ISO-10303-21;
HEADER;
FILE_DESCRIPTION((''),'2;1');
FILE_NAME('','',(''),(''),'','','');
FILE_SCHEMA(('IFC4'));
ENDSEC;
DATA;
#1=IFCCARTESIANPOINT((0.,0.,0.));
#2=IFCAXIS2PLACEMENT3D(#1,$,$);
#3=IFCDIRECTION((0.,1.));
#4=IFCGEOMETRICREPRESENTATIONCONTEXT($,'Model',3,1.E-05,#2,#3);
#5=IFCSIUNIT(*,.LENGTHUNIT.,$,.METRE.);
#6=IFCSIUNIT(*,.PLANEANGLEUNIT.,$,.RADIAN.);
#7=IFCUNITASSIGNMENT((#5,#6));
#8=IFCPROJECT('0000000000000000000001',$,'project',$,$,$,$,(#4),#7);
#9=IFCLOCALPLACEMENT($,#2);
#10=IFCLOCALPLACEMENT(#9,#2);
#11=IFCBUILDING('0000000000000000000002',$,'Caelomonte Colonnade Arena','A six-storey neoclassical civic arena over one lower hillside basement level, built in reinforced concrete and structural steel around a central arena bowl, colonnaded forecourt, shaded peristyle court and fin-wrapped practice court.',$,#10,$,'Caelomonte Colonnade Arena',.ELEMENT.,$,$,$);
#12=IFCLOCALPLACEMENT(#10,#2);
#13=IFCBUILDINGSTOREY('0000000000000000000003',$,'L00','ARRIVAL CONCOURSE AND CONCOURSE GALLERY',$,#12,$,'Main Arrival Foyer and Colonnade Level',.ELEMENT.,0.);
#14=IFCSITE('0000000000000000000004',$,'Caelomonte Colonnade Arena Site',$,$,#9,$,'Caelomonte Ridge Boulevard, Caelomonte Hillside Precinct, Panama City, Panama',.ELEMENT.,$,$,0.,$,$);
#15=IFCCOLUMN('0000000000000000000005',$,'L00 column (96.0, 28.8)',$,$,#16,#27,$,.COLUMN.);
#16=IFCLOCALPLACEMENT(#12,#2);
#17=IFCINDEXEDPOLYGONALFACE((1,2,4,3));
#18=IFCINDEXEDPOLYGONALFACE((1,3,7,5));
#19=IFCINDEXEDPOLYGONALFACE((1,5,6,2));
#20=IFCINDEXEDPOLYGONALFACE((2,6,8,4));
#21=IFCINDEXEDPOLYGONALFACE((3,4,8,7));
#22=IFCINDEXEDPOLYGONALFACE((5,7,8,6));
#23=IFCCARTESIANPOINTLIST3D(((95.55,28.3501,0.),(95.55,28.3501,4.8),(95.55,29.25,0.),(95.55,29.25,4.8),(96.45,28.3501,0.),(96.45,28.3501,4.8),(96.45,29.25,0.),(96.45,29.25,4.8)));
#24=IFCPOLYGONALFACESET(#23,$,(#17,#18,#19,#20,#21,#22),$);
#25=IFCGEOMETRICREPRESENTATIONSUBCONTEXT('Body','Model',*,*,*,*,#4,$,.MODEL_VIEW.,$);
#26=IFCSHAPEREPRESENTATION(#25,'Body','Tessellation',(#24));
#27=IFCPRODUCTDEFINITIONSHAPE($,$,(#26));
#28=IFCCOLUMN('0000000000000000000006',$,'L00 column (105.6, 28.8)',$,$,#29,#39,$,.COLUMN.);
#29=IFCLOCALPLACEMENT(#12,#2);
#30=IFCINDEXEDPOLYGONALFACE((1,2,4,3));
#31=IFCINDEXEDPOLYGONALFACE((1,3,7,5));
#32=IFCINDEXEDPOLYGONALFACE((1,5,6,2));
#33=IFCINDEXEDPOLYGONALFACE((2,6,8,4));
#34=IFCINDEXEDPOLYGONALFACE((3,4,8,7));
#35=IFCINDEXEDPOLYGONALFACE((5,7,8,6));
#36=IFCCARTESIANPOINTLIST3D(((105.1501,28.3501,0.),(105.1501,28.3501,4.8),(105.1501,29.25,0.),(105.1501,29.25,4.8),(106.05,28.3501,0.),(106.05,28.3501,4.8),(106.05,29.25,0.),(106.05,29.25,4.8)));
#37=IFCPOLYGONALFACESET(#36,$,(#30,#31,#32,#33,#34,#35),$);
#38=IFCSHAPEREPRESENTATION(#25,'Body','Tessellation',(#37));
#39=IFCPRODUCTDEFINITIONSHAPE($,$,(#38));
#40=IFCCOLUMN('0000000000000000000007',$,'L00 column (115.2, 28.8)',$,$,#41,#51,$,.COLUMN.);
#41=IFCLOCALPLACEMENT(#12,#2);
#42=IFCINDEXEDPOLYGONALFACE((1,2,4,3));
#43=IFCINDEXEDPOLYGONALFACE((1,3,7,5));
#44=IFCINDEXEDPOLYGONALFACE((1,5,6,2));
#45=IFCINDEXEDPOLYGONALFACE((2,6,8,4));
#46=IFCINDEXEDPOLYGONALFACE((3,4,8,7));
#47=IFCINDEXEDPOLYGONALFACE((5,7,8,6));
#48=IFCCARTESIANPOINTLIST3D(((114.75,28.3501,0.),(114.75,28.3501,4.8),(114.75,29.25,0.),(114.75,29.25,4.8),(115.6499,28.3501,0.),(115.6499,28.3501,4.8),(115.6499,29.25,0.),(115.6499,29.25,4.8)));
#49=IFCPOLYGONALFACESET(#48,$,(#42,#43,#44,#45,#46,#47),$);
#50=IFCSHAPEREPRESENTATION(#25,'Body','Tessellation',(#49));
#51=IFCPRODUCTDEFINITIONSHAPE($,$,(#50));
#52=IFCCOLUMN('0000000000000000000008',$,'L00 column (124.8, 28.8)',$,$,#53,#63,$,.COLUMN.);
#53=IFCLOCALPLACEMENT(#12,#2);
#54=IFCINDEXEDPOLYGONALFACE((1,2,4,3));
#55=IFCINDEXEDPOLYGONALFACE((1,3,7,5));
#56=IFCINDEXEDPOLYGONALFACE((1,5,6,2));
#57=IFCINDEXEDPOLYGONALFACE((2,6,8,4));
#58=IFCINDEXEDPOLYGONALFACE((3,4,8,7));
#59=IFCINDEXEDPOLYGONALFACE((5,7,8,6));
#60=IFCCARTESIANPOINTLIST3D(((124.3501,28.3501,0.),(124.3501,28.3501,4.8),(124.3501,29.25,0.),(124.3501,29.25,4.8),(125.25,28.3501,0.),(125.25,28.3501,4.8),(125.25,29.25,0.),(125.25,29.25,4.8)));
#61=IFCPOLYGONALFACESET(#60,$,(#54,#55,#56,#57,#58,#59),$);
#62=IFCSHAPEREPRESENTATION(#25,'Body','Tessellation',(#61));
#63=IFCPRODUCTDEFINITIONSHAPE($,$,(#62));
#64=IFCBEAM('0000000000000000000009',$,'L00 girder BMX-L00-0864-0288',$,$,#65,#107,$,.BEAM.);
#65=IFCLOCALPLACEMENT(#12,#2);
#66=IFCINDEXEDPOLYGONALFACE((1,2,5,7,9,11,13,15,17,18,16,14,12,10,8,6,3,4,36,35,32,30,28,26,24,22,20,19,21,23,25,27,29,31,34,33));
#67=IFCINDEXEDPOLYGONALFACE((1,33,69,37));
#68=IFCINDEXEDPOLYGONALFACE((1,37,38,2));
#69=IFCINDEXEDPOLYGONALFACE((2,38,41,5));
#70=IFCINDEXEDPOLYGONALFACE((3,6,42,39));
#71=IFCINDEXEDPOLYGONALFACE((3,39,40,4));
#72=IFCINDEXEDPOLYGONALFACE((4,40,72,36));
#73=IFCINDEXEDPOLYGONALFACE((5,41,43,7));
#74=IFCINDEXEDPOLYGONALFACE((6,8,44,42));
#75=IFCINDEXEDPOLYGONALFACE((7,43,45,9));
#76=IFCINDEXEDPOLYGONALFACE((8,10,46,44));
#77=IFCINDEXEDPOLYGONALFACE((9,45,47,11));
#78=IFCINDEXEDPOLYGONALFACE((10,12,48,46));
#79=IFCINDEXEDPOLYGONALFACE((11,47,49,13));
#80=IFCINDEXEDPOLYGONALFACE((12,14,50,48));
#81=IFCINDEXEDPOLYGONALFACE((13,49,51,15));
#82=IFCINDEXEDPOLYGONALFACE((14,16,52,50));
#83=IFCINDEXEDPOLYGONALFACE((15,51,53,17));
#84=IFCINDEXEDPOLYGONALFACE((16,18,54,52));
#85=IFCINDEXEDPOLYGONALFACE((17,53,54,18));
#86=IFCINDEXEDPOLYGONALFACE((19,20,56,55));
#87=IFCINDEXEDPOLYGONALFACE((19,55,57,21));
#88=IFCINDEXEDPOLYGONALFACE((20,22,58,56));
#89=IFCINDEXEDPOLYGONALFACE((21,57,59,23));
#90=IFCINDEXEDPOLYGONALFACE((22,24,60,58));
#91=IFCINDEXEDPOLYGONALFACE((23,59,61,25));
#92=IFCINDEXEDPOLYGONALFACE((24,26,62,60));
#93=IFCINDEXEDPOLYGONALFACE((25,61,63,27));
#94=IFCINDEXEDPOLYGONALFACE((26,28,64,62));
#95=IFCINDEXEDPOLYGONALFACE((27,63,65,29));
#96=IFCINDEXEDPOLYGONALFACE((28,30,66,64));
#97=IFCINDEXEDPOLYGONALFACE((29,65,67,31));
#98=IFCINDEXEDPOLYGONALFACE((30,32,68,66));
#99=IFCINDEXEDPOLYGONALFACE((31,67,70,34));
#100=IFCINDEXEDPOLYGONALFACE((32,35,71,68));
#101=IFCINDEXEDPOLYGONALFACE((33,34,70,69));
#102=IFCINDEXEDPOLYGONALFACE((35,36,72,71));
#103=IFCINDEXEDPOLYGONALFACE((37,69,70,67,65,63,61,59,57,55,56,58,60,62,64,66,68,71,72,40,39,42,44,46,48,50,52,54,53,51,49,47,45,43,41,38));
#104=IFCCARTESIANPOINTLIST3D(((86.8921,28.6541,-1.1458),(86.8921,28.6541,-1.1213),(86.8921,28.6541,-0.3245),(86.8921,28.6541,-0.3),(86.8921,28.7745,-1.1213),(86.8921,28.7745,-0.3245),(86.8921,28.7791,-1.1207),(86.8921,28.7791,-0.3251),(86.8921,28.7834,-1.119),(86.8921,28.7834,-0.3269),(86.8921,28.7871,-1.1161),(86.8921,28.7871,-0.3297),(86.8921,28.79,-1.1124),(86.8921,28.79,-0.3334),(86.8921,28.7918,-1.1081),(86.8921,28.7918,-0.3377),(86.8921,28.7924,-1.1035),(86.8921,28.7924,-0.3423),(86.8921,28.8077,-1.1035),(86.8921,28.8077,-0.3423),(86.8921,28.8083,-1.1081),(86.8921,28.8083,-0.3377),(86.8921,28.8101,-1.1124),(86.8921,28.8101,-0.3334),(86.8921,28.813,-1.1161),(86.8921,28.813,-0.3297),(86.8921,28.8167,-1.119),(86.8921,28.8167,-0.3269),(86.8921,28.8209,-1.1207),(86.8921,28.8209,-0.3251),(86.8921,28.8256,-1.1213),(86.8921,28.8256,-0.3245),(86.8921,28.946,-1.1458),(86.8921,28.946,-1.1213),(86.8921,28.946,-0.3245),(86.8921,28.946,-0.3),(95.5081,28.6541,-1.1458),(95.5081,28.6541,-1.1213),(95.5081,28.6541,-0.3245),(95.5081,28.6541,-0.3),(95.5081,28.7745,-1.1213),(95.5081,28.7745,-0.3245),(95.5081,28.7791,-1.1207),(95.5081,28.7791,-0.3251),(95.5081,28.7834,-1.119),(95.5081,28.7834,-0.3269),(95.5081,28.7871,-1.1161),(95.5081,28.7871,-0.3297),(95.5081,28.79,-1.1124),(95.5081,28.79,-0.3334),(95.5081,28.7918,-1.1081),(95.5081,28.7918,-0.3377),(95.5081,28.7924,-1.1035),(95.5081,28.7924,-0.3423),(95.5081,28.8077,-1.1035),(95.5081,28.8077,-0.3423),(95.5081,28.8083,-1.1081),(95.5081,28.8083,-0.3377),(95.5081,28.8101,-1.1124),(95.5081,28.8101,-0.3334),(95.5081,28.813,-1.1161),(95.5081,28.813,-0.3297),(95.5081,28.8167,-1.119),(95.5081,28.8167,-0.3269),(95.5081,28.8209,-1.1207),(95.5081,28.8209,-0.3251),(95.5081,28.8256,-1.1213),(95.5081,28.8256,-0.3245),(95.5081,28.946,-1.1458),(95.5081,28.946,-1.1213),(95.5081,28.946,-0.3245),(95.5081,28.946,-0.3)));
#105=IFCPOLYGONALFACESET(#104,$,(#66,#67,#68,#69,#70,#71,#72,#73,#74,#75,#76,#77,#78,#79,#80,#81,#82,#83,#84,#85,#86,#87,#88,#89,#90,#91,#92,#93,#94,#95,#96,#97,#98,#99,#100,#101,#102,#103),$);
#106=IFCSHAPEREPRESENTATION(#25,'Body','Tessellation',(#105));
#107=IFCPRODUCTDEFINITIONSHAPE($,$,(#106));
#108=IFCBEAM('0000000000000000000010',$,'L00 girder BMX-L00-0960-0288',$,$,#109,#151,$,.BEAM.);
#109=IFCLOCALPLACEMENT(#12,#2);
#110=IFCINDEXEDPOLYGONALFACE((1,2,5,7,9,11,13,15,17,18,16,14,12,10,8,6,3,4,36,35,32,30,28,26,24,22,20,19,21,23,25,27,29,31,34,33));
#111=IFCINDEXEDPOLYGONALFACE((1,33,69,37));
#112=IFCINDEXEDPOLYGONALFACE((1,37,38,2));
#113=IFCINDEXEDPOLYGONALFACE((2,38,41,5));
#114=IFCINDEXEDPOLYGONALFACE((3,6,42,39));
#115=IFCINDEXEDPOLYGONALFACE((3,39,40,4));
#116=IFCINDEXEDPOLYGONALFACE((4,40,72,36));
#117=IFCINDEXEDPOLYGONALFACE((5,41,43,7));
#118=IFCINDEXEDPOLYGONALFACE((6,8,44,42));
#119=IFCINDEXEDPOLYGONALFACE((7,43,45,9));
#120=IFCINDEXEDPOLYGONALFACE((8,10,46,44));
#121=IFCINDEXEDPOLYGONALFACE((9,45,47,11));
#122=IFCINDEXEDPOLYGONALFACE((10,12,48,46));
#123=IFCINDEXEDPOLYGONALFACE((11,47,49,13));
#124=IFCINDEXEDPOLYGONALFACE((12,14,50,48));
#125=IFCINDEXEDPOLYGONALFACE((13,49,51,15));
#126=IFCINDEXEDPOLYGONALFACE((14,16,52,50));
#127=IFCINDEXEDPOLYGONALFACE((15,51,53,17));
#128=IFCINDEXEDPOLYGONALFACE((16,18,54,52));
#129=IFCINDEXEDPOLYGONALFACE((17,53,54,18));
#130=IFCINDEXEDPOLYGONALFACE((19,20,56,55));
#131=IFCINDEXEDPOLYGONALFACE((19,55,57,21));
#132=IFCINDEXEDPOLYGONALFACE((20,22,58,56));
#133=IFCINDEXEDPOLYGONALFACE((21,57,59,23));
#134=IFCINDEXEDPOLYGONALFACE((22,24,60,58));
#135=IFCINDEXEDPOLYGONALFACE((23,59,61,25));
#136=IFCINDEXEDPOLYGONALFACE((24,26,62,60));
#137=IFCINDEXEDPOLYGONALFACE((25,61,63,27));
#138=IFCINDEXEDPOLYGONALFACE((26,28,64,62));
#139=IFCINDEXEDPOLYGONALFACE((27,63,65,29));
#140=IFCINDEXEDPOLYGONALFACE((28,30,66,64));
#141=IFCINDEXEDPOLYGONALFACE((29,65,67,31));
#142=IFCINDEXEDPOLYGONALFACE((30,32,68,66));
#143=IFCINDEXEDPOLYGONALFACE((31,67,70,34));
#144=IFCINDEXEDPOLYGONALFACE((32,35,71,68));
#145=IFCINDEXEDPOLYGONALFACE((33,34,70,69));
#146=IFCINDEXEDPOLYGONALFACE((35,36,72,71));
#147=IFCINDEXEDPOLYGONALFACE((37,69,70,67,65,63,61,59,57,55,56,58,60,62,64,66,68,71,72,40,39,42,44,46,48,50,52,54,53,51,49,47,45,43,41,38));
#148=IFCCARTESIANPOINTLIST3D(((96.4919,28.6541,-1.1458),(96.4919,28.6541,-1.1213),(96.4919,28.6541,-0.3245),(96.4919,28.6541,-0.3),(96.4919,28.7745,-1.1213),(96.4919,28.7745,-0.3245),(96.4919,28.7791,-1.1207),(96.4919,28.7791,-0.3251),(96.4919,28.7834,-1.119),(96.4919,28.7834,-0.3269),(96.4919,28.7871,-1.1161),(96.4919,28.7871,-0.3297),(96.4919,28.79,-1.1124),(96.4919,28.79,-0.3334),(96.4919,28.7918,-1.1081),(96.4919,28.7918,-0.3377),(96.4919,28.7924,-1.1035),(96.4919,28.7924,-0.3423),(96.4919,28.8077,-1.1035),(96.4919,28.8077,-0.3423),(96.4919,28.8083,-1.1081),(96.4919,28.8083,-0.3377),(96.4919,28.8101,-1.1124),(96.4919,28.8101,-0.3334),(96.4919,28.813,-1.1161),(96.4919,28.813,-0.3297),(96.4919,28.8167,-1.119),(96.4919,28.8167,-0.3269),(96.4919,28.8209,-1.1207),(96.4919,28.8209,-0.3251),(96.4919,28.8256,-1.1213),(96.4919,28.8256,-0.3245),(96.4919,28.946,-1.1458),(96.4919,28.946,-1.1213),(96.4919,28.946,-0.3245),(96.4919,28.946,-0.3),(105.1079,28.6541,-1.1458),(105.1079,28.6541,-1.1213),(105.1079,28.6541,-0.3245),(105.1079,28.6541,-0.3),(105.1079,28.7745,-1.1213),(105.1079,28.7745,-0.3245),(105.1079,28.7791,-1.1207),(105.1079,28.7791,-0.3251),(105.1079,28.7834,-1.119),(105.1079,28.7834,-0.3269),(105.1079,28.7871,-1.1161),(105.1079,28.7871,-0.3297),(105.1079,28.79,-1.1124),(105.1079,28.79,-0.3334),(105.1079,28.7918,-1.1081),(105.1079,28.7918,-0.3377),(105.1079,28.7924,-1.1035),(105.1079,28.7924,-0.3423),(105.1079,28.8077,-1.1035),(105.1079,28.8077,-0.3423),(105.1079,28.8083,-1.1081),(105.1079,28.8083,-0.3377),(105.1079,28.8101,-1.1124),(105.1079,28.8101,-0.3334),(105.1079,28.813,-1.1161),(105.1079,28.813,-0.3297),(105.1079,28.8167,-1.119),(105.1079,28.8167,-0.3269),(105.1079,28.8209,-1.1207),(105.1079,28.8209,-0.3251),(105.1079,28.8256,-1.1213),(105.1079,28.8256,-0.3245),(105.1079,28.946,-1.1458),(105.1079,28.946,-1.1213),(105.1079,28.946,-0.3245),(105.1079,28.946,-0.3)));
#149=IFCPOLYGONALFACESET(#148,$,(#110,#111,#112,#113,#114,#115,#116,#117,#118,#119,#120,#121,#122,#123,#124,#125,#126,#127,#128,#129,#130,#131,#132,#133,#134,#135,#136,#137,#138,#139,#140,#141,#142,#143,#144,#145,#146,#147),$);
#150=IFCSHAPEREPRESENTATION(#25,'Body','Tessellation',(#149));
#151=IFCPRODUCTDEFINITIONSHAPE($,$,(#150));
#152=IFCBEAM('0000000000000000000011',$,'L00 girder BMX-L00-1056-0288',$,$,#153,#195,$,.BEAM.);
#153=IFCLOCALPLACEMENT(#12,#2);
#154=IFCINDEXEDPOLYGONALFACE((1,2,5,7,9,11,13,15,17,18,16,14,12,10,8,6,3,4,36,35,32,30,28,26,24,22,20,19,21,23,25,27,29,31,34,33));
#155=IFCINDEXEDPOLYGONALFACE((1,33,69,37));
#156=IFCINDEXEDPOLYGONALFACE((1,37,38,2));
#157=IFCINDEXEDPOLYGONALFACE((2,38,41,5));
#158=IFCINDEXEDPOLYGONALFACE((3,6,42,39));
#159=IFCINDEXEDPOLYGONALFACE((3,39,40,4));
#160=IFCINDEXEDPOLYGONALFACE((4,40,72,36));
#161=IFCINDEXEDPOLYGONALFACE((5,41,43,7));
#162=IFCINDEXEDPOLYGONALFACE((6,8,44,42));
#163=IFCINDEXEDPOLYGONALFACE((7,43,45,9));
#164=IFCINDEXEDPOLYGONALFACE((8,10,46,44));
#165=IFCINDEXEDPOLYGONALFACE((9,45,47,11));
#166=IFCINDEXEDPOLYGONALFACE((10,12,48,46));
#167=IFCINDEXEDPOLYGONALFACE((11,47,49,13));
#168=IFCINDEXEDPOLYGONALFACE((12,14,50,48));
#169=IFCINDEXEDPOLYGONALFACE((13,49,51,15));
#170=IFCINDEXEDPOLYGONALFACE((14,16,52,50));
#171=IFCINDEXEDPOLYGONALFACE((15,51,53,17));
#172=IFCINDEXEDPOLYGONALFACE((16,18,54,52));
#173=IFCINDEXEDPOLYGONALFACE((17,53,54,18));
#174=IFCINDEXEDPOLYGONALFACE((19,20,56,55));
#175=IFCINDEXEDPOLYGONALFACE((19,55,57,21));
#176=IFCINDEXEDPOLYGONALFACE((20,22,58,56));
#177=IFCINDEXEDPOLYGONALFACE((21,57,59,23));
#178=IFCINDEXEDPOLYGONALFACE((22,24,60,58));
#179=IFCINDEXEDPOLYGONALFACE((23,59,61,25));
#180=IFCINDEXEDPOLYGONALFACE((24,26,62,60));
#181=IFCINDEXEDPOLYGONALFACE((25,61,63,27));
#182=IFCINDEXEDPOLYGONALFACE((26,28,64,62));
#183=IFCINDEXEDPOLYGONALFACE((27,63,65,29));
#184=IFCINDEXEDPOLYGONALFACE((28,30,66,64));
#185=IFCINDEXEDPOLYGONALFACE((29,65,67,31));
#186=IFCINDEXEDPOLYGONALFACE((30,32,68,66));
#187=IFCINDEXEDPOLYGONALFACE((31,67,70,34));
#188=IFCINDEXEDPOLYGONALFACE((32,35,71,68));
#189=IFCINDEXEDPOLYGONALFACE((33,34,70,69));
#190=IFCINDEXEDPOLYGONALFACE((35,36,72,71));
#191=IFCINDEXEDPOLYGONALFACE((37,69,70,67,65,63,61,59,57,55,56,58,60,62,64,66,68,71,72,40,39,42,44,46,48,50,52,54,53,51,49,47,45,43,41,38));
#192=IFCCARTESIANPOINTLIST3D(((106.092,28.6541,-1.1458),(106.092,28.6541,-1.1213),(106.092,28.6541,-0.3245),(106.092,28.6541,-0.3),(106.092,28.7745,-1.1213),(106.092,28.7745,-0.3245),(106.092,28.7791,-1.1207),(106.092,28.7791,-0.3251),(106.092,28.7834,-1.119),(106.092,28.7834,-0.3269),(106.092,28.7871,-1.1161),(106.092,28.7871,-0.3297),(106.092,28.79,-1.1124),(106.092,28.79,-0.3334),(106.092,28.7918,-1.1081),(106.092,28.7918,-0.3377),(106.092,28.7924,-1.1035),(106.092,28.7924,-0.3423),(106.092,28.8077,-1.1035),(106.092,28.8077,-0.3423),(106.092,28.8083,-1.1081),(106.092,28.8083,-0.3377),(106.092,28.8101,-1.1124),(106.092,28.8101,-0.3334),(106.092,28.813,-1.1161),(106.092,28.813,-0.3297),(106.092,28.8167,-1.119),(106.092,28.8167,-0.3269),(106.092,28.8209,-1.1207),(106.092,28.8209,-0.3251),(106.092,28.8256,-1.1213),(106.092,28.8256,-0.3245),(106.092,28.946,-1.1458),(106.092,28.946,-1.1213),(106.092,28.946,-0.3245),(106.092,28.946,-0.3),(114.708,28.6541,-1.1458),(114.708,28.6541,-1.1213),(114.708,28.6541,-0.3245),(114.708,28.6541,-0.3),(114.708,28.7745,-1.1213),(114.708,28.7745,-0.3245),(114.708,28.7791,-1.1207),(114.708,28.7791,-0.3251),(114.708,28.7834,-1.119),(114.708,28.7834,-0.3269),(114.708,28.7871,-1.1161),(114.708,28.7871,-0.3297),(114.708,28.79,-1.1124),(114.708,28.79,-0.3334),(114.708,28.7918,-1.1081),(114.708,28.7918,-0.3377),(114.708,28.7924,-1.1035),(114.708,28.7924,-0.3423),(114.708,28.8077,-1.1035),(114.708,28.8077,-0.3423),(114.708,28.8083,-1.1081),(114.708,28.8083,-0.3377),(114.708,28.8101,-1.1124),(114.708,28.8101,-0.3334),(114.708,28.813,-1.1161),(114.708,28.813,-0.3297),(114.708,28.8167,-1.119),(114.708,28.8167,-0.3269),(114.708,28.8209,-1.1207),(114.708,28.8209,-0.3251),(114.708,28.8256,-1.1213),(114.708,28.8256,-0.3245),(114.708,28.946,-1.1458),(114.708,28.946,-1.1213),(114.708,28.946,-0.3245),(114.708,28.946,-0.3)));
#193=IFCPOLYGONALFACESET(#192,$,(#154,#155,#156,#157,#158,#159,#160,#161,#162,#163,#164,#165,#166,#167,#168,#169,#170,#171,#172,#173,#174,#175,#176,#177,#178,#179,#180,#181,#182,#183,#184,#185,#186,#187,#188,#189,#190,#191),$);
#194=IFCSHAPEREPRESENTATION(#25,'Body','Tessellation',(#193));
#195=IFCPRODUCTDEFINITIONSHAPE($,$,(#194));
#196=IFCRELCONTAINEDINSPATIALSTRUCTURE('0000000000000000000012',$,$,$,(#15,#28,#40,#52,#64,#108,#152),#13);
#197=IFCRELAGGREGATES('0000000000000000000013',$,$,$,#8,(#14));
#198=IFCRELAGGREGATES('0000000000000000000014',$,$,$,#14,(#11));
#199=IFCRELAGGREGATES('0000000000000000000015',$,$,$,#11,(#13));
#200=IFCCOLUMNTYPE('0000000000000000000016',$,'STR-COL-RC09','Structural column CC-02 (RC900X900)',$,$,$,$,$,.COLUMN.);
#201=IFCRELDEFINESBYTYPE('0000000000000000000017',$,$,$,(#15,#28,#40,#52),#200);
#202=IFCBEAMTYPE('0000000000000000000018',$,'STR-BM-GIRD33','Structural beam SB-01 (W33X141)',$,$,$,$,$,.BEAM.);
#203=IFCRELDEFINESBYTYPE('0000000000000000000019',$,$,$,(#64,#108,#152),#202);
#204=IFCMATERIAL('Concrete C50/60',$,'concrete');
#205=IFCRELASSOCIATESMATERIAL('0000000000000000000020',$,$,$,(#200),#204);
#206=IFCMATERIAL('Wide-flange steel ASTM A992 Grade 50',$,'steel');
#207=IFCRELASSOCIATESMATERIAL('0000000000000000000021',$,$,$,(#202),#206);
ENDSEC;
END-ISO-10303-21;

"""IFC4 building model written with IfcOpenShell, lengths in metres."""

from ifc_helpers import new_model, si_unit, direction, frame, origin, origin_2d, place, context, subcontext, project, spatial, rectangle, i_section, extrude, material, material_profile, profile_set, type_object, element, save


model = new_model("IFC4")

# Units and contexts
model_context = context("Model", 3, precision=1e-05, world=origin(), true_north=direction((0.0, 1.0)))
body_context = subcontext(model_context, "Body", "Model", "MODEL_VIEW")
ifc_project = project(units=[si_unit("LENGTHUNIT", "METRE"), si_unit("PLANEANGLEUNIT", "RADIAN")], contexts=[model_context])

# Site, building, storey
site_placement = place(None, origin())
site = spatial("IfcSite", under=ifc_project, at=site_placement, Name="Caelomonte Colonnade Arena Site", LongName="Caelomonte Ridge Boulevard, Caelomonte Hillside Precinct, Panama City, Panama", CompositionType="ELEMENT", RefElevation=0.0)
building_placement = place(site_placement, origin())
building = spatial("IfcBuilding", under=site, at=building_placement, Name="Caelomonte Colonnade Arena", Description="A six-storey neoclassical civic arena over one lower hillside basement level, built in reinforced concrete and structural steel around a central arena bowl, colonnaded forecourt, shaded peristyle court and fin-wrapped practice court.", LongName="Caelomonte Colonnade Arena", CompositionType="ELEMENT")
storey_placement = place(building_placement, origin())
storey = spatial("IfcBuildingStorey", under=building, at=storey_placement, Name="L00", Description="ARRIVAL CONCOURSE AND CONCOURSE GALLERY", LongName="Main Arrival Foyer and Colonnade Level", CompositionType="ELEMENT", Elevation=0.0)

# Columns
ifc_material_1 = material(Name="Concrete C50/60", Category="concrete")
ifc_material_profile_1 = material_profile(ifc_material_1, rectangle(XDim=0.8999, YDim=0.8999, at=origin_2d()), Name="RC900X900")
ifc_profile_set_1 = profile_set([ifc_material_profile_1], Name="Concrete C50/60")
column_type = type_object("IfcColumnType", Name="STR-COL-RC09", Description="Structural column CC-02 (RC900X900)", PredefinedType="COLUMN", material=ifc_profile_set_1)
for number, where, z_axis, x_axis, name in (
    (1, (96.0, 28.8, 0.0), (0.0, 0.0, 1.0), (1.0, 0.0, 0.0), "L00 column (96.0, 28.8)"),
    (2, (105.6001, 28.8, 0.0), (0.0, 0.0, 1.0), (1.0, 0.0, 0.0), "L00 column (105.6, 28.8)"),
    (3, (115.2, 28.8, 0.0), (0.0, 0.0, 1.0), (1.0, 0.0, 0.0), "L00 column (115.2, 28.8)"),
    (4, (124.8, 28.8, 0.0), (0.0, 0.0, 1.0), (1.0, 0.0, 0.0), "L00 column (124.8, 28.8)"),
):
    element("IfcColumn", number, at=place(storey_placement, frame(where, z_axis=z_axis, x_axis=x_axis)), inside=storey, type_object=column_type, Name=name, PredefinedType="COLUMN", context=body_context, shape_type="SweptSolid", body=[
        extrude(rectangle(XDim=0.8999, YDim=0.8999, at=origin_2d()), origin(), (0.0, 0.0, 1.0), 4.8),
    ])

# Beams
ifc_material_2 = material(Name="Wide-flange steel ASTM A992 Grade 50", Category="steel")
ifc_material_profile_2 = material_profile(ifc_material_2, i_section(OverallWidth=0.292, OverallDepth=0.8457, WebThickness=0.0154, FlangeThickness=0.0244, FilletRadius=0.0178, at=origin_2d()), Name="W33X141")
ifc_profile_set_2 = profile_set([ifc_material_profile_2], Name="Wide-flange steel ASTM A992 Grade 50")
beam_type_1 = type_object("IfcBeamType", Name="STR-BM-GIRD33", Description="Structural beam SB-01 (W33X141)", PredefinedType="BEAM", material=ifc_profile_set_2)
for number, where, z_axis, x_axis, name in (
    (5, (86.8921, 28.8, -0.7229), (1.0, 0.0, 0.0), (0.0, 1.0, 0.0), "L00 girder BMX-L00-0864-0288"),
    (6, (96.4919, 28.8, -0.7229), (1.0, 0.0, 0.0), (0.0, 1.0, 0.0), "L00 girder BMX-L00-0960-0288"),
    (7, (106.092, 28.8, -0.7229), (1.0, 0.0, 0.0), (0.0, 1.0, 0.0), "L00 girder BMX-L00-1056-0288"),
):
    element("IfcBeam", number, at=place(storey_placement, frame(where, z_axis=z_axis, x_axis=x_axis)), inside=storey, type_object=beam_type_1, Name=name, PredefinedType="BEAM", context=body_context, shape_type="SweptSolid", body=[
        extrude(i_section(OverallWidth=0.292, OverallDepth=0.8457, WebThickness=0.0154, FlangeThickness=0.0244, FilletRadius=0.0178, at=origin_2d()), origin(), (0.0, 0.0, 1.0), 8.616),
    ])

save(model, "model.ifc")
